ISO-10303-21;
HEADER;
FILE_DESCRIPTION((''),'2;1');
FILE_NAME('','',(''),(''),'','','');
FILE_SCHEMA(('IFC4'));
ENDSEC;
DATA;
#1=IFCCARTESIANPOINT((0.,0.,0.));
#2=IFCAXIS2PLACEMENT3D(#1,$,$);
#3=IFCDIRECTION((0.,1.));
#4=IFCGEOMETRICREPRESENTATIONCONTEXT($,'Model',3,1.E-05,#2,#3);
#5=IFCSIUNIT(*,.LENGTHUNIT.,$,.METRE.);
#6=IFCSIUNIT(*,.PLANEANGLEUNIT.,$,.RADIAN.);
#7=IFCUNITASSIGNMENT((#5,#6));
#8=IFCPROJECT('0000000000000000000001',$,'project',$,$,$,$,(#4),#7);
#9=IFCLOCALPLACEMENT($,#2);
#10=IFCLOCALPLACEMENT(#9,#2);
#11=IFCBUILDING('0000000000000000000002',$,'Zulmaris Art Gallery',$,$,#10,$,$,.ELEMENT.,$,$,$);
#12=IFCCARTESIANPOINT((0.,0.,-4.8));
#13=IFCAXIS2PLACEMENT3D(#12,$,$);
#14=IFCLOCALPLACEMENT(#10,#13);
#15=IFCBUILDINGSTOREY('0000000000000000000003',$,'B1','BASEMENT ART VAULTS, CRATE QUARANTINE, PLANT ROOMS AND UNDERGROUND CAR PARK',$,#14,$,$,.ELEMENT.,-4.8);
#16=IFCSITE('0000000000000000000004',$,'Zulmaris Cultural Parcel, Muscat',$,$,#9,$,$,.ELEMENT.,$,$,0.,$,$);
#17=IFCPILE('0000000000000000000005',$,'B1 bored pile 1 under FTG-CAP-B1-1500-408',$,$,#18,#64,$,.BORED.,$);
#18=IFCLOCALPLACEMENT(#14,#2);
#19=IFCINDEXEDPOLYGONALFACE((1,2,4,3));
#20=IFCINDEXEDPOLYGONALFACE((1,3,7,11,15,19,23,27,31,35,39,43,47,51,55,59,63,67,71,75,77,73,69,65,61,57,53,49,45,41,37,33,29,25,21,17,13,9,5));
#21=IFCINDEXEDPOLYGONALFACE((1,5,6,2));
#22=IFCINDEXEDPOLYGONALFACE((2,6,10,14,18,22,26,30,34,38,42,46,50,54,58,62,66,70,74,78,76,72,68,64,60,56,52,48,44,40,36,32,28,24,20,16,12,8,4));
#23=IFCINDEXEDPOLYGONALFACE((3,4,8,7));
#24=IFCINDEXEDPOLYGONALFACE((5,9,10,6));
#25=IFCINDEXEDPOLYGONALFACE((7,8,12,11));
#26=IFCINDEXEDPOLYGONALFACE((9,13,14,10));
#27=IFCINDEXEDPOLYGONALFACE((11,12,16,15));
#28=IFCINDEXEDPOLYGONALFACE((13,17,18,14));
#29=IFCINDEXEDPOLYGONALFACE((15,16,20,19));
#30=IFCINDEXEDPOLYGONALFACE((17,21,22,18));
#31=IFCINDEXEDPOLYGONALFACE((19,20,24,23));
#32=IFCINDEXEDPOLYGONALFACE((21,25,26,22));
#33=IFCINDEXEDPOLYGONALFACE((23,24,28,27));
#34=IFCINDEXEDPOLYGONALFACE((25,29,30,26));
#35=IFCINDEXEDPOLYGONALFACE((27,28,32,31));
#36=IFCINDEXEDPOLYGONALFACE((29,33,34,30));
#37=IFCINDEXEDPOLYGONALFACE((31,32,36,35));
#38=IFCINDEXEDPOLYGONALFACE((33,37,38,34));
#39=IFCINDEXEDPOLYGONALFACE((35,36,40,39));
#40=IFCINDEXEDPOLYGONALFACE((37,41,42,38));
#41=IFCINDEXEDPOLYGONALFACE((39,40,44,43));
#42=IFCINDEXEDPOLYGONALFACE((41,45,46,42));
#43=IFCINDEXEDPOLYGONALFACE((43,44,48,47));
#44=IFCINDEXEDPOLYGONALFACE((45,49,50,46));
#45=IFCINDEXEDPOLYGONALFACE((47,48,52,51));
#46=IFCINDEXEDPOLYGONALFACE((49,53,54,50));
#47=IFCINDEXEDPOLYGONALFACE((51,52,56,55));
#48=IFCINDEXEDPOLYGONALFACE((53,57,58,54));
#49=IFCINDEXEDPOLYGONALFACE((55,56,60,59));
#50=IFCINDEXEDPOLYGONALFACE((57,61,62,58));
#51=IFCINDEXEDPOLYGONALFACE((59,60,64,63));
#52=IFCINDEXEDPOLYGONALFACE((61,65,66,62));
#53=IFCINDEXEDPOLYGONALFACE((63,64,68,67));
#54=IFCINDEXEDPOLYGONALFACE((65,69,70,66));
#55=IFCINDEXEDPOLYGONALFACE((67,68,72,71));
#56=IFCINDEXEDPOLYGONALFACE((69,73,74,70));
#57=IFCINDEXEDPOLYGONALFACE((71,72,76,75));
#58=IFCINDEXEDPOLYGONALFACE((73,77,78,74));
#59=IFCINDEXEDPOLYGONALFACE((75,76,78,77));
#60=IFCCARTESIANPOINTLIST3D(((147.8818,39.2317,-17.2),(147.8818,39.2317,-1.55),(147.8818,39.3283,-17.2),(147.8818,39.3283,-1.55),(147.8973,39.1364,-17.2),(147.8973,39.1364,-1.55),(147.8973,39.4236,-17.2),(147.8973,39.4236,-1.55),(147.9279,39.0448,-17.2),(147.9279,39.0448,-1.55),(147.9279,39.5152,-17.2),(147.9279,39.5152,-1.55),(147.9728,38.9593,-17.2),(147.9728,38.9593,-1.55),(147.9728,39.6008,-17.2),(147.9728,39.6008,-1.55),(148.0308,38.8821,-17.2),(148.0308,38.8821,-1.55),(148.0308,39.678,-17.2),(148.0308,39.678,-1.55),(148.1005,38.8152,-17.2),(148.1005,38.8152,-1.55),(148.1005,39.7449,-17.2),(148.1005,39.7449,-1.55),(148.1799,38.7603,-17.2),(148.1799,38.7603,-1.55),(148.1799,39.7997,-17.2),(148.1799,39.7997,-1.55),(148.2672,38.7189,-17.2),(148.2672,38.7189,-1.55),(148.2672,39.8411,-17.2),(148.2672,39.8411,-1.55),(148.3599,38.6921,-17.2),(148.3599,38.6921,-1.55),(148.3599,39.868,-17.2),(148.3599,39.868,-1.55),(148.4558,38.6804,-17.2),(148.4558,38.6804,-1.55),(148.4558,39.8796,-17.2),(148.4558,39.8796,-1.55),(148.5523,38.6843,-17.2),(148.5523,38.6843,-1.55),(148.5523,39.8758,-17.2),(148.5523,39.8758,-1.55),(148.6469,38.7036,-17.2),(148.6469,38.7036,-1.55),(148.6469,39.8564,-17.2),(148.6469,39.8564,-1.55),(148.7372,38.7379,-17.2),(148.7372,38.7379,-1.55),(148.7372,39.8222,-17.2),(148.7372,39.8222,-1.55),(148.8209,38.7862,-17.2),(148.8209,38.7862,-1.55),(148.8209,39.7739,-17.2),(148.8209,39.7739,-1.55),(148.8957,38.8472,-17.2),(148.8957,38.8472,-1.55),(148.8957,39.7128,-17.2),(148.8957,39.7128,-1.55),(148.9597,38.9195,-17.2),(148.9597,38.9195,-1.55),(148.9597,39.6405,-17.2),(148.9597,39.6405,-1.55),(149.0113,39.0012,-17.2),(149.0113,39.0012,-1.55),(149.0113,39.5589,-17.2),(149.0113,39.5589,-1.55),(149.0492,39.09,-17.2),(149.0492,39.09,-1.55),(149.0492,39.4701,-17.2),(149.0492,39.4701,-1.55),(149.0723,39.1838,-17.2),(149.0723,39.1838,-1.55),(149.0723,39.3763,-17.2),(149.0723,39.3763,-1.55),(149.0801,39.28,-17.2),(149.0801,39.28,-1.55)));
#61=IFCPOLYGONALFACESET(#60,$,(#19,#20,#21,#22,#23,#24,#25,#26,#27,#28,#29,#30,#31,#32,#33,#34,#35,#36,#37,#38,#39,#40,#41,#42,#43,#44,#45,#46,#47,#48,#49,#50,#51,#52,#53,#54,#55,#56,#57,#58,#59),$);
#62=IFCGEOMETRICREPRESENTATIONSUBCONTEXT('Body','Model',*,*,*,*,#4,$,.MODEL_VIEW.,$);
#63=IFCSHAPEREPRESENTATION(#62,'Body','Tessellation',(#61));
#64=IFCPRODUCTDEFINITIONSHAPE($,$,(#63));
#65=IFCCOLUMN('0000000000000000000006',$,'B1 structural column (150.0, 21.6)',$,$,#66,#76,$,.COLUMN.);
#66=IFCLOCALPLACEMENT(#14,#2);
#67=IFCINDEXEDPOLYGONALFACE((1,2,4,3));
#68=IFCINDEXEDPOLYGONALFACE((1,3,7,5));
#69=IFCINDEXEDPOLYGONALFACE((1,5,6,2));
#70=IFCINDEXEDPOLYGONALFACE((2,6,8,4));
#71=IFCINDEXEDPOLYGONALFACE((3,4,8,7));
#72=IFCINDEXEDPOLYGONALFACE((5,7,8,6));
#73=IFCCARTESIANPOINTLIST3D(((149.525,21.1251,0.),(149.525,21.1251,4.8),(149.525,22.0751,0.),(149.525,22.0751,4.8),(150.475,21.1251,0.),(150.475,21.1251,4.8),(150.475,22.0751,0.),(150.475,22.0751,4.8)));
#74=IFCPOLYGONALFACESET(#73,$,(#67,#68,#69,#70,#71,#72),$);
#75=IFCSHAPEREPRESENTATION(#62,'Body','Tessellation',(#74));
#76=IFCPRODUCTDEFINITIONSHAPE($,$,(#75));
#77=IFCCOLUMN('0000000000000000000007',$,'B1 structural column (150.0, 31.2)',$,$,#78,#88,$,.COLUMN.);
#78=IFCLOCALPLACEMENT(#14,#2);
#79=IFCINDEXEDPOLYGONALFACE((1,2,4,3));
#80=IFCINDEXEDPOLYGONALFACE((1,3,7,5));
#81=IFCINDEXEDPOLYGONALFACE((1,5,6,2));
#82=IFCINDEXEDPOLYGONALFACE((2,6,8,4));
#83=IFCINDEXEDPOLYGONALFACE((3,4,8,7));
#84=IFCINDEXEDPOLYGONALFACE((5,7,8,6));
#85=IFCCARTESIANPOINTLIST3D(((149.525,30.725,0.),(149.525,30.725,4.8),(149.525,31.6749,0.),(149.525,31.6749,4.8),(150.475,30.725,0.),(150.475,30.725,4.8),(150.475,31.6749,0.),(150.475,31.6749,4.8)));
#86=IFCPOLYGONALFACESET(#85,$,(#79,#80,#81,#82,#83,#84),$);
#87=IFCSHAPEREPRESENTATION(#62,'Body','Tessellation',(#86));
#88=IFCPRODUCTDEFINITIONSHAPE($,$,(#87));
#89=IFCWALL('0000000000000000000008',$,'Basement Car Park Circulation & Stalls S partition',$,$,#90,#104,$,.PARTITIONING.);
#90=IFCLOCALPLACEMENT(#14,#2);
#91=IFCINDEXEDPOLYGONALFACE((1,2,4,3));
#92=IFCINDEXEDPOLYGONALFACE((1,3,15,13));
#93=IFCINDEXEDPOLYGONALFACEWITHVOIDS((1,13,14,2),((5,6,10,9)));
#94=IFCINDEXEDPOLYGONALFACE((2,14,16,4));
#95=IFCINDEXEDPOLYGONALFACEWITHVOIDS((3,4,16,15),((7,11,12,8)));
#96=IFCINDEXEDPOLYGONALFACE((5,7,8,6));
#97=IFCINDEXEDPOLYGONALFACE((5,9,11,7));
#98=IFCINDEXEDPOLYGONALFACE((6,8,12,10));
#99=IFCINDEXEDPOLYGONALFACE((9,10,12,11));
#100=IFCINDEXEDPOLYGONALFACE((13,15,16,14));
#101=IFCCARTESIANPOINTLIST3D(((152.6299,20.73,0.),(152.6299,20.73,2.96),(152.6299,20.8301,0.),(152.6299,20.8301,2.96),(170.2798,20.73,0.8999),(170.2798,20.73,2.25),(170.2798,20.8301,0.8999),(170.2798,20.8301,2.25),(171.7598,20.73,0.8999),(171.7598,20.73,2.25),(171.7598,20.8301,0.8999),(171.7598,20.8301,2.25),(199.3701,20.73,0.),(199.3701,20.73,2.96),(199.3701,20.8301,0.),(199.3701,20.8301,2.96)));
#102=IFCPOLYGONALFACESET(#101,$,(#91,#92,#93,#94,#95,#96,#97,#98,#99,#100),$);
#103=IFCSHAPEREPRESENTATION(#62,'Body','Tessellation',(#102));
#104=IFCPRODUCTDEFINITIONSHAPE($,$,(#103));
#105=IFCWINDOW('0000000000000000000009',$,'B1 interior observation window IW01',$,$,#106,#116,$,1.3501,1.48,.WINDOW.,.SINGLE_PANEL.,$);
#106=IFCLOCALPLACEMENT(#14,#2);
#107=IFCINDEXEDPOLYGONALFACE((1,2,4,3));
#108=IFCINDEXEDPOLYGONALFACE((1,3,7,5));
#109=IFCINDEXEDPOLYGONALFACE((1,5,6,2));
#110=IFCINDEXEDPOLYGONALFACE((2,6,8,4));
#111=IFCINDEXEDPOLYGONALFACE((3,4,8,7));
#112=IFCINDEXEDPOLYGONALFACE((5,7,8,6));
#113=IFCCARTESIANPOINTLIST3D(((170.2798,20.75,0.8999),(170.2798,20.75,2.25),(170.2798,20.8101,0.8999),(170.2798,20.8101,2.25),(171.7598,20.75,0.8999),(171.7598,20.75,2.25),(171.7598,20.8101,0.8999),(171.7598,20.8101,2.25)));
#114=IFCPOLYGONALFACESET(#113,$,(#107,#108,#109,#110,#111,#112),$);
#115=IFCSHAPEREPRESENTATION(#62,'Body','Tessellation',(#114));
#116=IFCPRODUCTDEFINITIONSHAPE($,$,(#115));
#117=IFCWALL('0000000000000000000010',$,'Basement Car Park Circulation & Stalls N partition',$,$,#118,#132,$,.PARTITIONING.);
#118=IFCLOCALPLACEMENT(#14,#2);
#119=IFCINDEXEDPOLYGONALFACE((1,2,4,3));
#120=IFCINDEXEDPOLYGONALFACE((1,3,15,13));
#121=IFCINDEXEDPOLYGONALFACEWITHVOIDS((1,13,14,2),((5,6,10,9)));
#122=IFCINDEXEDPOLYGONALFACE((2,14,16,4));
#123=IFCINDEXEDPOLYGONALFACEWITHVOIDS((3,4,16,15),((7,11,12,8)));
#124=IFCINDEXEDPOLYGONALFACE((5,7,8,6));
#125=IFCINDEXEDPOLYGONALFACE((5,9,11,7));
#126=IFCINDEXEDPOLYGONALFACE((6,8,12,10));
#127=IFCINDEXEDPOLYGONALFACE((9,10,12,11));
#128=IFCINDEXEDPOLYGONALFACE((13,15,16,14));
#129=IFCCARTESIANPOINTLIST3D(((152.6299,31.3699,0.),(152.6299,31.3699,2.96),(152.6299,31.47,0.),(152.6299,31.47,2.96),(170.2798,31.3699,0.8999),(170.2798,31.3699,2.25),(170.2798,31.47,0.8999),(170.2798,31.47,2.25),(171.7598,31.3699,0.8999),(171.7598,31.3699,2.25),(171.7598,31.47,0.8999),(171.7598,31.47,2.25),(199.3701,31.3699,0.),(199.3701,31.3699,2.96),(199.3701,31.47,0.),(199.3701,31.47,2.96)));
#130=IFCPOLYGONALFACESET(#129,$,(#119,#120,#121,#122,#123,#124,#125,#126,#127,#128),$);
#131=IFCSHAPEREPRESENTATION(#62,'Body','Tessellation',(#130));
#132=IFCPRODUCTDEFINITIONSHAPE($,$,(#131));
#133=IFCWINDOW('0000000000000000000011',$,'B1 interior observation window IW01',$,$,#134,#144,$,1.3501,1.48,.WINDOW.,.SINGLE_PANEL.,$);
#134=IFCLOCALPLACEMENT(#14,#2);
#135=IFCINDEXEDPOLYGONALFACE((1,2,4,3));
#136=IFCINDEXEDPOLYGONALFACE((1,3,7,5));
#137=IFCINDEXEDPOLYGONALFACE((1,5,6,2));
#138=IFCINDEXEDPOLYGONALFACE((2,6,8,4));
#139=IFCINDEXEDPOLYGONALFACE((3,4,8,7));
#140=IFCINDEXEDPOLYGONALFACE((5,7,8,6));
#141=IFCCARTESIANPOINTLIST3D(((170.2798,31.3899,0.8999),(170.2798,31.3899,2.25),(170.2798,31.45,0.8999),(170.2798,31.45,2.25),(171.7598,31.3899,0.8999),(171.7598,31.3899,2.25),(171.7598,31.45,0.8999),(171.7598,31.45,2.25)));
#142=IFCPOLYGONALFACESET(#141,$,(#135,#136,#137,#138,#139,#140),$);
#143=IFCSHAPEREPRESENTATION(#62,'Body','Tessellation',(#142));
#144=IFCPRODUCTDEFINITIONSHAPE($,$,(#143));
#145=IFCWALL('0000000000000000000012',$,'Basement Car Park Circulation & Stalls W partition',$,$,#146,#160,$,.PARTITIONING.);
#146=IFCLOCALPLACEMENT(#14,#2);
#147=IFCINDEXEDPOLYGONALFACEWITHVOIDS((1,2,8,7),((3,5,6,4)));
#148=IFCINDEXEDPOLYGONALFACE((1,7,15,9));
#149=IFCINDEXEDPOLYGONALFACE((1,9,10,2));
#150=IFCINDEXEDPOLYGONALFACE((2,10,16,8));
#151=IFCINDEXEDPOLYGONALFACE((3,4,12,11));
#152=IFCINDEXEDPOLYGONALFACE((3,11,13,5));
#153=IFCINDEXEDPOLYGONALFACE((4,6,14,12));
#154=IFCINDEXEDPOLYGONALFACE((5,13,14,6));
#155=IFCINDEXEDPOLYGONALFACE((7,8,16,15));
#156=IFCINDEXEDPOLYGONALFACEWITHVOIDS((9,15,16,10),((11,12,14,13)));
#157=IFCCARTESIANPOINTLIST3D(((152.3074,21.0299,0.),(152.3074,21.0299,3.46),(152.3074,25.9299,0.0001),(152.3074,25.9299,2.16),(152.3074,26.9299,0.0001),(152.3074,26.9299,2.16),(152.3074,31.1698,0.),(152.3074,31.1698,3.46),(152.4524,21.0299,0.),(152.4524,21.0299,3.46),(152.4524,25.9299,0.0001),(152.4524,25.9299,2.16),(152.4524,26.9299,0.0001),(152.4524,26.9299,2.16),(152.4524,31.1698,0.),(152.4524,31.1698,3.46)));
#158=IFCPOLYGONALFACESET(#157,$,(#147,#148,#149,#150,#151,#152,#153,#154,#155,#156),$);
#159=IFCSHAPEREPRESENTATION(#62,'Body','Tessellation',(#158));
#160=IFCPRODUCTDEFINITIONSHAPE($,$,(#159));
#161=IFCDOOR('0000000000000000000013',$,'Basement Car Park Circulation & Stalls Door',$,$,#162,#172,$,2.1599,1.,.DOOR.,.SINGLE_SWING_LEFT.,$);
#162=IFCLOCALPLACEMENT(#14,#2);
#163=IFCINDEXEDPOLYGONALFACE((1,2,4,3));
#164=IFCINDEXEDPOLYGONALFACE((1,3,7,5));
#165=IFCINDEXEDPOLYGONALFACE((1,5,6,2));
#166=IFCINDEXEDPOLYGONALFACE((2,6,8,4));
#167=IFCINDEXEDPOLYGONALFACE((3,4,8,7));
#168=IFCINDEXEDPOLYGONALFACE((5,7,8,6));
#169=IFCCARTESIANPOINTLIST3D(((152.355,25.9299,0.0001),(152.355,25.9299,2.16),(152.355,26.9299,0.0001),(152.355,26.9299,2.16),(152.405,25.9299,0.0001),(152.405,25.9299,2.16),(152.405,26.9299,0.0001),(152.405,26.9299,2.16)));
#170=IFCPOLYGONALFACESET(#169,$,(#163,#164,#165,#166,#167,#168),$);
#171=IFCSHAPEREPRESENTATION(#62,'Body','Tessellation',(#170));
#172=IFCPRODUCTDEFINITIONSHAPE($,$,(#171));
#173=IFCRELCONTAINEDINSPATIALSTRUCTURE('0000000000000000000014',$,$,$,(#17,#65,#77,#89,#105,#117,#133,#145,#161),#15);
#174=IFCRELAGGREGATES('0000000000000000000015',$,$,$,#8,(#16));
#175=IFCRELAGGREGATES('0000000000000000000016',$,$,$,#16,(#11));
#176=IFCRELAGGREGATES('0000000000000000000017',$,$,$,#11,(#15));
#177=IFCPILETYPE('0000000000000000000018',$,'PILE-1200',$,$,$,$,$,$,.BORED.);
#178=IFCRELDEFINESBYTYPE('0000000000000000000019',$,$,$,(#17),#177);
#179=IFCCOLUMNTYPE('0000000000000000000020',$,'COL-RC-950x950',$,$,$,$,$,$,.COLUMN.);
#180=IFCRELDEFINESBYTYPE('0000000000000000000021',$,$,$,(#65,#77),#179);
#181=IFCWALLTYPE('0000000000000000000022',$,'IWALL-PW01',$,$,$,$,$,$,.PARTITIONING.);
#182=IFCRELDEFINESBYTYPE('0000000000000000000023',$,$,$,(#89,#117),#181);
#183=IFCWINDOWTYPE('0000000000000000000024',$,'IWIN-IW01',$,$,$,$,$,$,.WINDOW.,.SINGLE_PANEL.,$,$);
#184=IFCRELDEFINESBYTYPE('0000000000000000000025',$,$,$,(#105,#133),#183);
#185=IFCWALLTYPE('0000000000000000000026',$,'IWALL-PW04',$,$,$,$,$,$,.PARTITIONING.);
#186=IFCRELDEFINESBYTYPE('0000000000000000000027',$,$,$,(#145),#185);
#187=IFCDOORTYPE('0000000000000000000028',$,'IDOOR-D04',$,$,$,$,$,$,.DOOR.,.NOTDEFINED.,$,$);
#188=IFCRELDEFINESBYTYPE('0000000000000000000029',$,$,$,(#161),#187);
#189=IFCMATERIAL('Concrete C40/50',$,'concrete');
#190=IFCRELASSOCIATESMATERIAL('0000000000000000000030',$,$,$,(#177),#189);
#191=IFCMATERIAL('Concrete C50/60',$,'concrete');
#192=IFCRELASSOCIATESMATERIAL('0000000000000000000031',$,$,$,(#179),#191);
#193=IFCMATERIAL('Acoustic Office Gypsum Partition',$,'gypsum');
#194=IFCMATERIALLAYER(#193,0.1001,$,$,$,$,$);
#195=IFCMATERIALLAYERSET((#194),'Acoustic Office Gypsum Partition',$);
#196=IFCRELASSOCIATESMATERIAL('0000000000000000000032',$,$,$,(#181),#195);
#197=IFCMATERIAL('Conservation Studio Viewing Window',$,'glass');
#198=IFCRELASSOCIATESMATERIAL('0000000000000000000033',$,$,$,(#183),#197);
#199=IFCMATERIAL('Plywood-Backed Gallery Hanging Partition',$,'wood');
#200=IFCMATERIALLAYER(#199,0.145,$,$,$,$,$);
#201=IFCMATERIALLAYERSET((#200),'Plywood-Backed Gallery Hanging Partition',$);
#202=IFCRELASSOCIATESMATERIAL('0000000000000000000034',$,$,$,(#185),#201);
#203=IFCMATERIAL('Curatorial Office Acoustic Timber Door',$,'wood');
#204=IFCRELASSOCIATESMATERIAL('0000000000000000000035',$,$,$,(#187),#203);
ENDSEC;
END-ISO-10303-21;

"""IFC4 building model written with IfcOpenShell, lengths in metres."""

from ifc_helpers import new_model, si_unit, direction, frame, frame_2d, origin, origin_2d, place, context, subcontext, project, spatial, rectangle, circle, extrude, material, layer, layer_set, material_profile, profile_set, type_object, element, fill, save


model = new_model("IFC4")

# Units and contexts
model_context = context("Model", 3, precision=1e-05, world=origin(), true_north=direction((0.0, 1.0)))
body_context = subcontext(model_context, "Body", "Model", "MODEL_VIEW")
ifc_project = project(units=[si_unit("LENGTHUNIT", "METRE"), si_unit("PLANEANGLEUNIT", "RADIAN")], contexts=[model_context])

# Site, building, storey
site_placement = place(None, origin())
site = spatial("IfcSite", under=ifc_project, at=site_placement, Name="Zulmaris Cultural Parcel, Muscat", CompositionType="ELEMENT", RefElevation=0.0)
building_placement = place(site_placement, origin())
building = spatial("IfcBuilding", under=site, at=building_placement, Name="Zulmaris Art Gallery", CompositionType="ELEMENT")
storey_placement = place(building_placement, frame((0.0, 0.0, -4.8)))
storey = spatial("IfcBuildingStorey", under=building, at=storey_placement, Name="B1", Description="BASEMENT ART VAULTS, CRATE QUARANTINE, PLANT ROOMS AND UNDERGROUND CAR PARK", CompositionType="ELEMENT", Elevation=-4.8)

# Pile
ifc_material_1 = material(Name="Concrete C40/50", Category="concrete")
ifc_material_profile_1 = material_profile(ifc_material_1, circle(Radius=0.6001, at=origin_2d()), Name="PILE DIA 1200")
ifc_profile_set_1 = profile_set([ifc_material_profile_1], Name="Concrete C40/50")
pile_type_1 = type_object("IfcPileType", Name="PILE-1200", PredefinedType="BORED", material=ifc_profile_set_1)
for number, where, z_axis, x_axis, name in (
    (1, (148.48, 39.28, -1.55), (0.0, 0.0, -1.0), (1.0, 0.0, 0.0), "B1 bored pile 1 under FTG-CAP-B1-1500-408"),
):
    element("IfcPile", number, at=place(storey_placement, frame(where, z_axis=z_axis, x_axis=x_axis)), inside=storey, type_object=pile_type_1, Name=name, PredefinedType="BORED", context=body_context, shape_type="SweptSolid", body=[
        extrude(circle(Radius=0.6001, at=origin_2d()), origin(), (0.0, 0.0, 1.0), 15.6499),
    ])

# Columns
ifc_material_2 = material(Name="Concrete C50/60", Category="concrete")
ifc_material_profile_2 = material_profile(ifc_material_2, rectangle(XDim=0.95, YDim=0.95, at=origin_2d()), Name="RC 950x950")
ifc_profile_set_2 = profile_set([ifc_material_profile_2], Name="Concrete C50/60")
column_type = type_object("IfcColumnType", Name="COL-RC-950x950", PredefinedType="COLUMN", material=ifc_profile_set_2)
for number, where, z_axis, x_axis, name in (
    (2, (150.0, 21.6001, 0.0), (0.0, 0.0, 1.0), (1.0, 0.0, 0.0), "B1 structural column (150.0, 21.6)"),
    (3, (150.0, 31.2, 0.0), (0.0, 0.0, 1.0), (1.0, 0.0, 0.0), "B1 structural column (150.0, 31.2)"),
):
    element("IfcColumn", number, at=place(storey_placement, frame(where, z_axis=z_axis, x_axis=x_axis)), inside=storey, type_object=column_type, Name=name, PredefinedType="COLUMN", context=body_context, shape_type="SweptSolid", body=[
        extrude(rectangle(XDim=0.95, YDim=0.95, at=origin_2d()), origin(), (0.0, 0.0, 1.0), 4.8),
    ])

# Walls, openings, windows
ifc_material_3 = material(Name="Acoustic Office Gypsum Partition", Category="gypsum")
ifc_layer_1 = layer(ifc_material_3, 0.1001)
ifc_layer_set_1 = layer_set([ifc_layer_1], Name="Acoustic Office Gypsum Partition")
wall_type_1 = type_object("IfcWallType", Name="IWALL-PW01", PredefinedType="PARTITIONING", material=ifc_layer_set_1)
wall_1_placement = place(storey_placement, frame((152.6299, 20.78, 0.0), z_axis=(0.0, 0.0, 1.0), x_axis=(1.0, 0.0, 0.0)))
wall_1 = element("IfcWall", 4, at=wall_1_placement, inside=storey, type_object=wall_type_1, Name="Basement Car Park Circulation & Stalls S partition", PredefinedType="PARTITIONING", context=body_context, shape_type="SweptSolid", body=[
    extrude(rectangle(XDim=46.7402, YDim=0.1001, at=frame_2d((23.3701, 0.0))), origin(), (0.0, 0.0, 1.0), 2.96),
])
opening_1_placement = place(wall_1_placement, frame((17.6499, 0.0, 0.8999)))
opening_1 = element("IfcOpeningElement", 5, at=opening_1_placement, cuts=wall_1, PredefinedType="OPENING", context=body_context, shape_type="SweptSolid", body=[
    extrude(rectangle(XDim=1.48, YDim=1.3501, at=frame_2d((0.74, 0.675))), frame((0.0, 0.0601, 0.0), z_axis=(0.0, -1.0, 0.0), x_axis=(1.0, 0.0, 0.0)), (0.0, 0.0, 1.0), 0.1201),
])
ifc_material_4 = material(Name="Conservation Studio Viewing Window", Category="glass")
window_type = type_object("IfcWindowType", Name="IWIN-IW01", PartitioningType="SINGLE_PANEL", PredefinedType="WINDOW", material=ifc_material_4)
window_1_placement = place(opening_1_placement, origin())
window_1 = element("IfcWindow", 6, at=window_1_placement, inside=storey, type_object=window_type, Name="B1 interior observation window IW01", OverallHeight=1.3501, OverallWidth=1.48, PartitioningType="SINGLE_PANEL", PredefinedType="WINDOW", context=body_context, shape_type="SweptSolid", body=[
    extrude(rectangle(XDim=1.48, YDim=1.3501, at=frame_2d((0.74, 0.675))), frame((0.0, 0.03, 0.0), z_axis=(0.0, -1.0, 0.0), x_axis=(1.0, 0.0, 0.0)), (0.0, 0.0, 1.0), 0.0601),
])
fill(opening_1, window_1)
wall_2_placement = place(storey_placement, frame((152.6299, 31.4199, 0.0), z_axis=(0.0, 0.0, 1.0), x_axis=(1.0, 0.0, 0.0)))
wall_2 = element("IfcWall", 7, at=wall_2_placement, inside=storey, type_object=wall_type_1, Name="Basement Car Park Circulation & Stalls N partition", PredefinedType="PARTITIONING", context=body_context, shape_type="SweptSolid", body=[
    extrude(rectangle(XDim=46.7402, YDim=0.1001, at=frame_2d((23.3701, 0.0))), origin(), (0.0, 0.0, 1.0), 2.96),
])
opening_2_placement = place(wall_2_placement, frame((17.6499, 0.0, 0.8999)))
opening_2 = element("IfcOpeningElement", 8, at=opening_2_placement, cuts=wall_2, PredefinedType="OPENING", context=body_context, shape_type="SweptSolid", body=[
    extrude(rectangle(XDim=1.48, YDim=1.3501, at=frame_2d((0.74, 0.675))), frame((0.0, 0.0601, 0.0), z_axis=(0.0, -1.0, 0.0), x_axis=(1.0, 0.0, 0.0)), (0.0, 0.0, 1.0), 0.1201),
])
window_2_placement = place(opening_2_placement, origin())
window_2 = element("IfcWindow", 9, at=window_2_placement, inside=storey, type_object=window_type, Name="B1 interior observation window IW01", OverallHeight=1.3501, OverallWidth=1.48, PartitioningType="SINGLE_PANEL", PredefinedType="WINDOW", context=body_context, shape_type="SweptSolid", body=[
    extrude(rectangle(XDim=1.48, YDim=1.3501, at=frame_2d((0.74, 0.675))), frame((0.0, 0.03, 0.0), z_axis=(0.0, -1.0, 0.0), x_axis=(1.0, 0.0, 0.0)), (0.0, 0.0, 1.0), 0.0601),
])
fill(opening_2, window_2)

# Wall, opening, door
ifc_material_5 = material(Name="Plywood-Backed Gallery Hanging Partition", Category="wood")
ifc_layer_2 = layer(ifc_material_5, 0.145)
ifc_layer_set_2 = layer_set([ifc_layer_2], Name="Plywood-Backed Gallery Hanging Partition")
wall_type_2 = type_object("IfcWallType", Name="IWALL-PW04", PredefinedType="PARTITIONING", material=ifc_layer_set_2)
wall_3_placement = place(storey_placement, frame((152.3799, 21.03, 0.0), z_axis=(0.0, 0.0, 1.0), x_axis=(0.0, 1.0, 0.0)))
wall_3 = element("IfcWall", 10, at=wall_3_placement, inside=storey, type_object=wall_type_2, Name="Basement Car Park Circulation & Stalls W partition", PredefinedType="PARTITIONING", context=body_context, shape_type="SweptSolid", body=[
    extrude(rectangle(XDim=10.1399, YDim=0.145, at=frame_2d((5.0698, 0.0))), origin(), (0.0, 0.0, 1.0), 3.46),
])
opening_3_placement = place(wall_3_placement, frame((4.8999, 0.0, 0.0)))
opening_3 = element("IfcOpeningElement", 11, at=opening_3_placement, cuts=wall_3, PredefinedType="OPENING", context=body_context, shape_type="SweptSolid", body=[
    extrude(rectangle(XDim=1.0, YDim=2.1599, at=frame_2d((0.5, 1.0801))), frame((0.0, 0.0825, 0.0), z_axis=(0.0, -1.0, 0.0), x_axis=(1.0, 0.0, 0.0)), (0.0, 0.0, 1.0), 0.165),
])
ifc_material_6 = material(Name="Curatorial Office Acoustic Timber Door", Category="wood")
door_type_1 = type_object("IfcDoorType", Name="IDOOR-D04", OperationType="NOTDEFINED", PredefinedType="DOOR", material=ifc_material_6)
door_1_placement = place(opening_3_placement, origin())
door_1 = element("IfcDoor", 12, at=door_1_placement, inside=storey, type_object=door_type_1, Name="Basement Car Park Circulation & Stalls Door", OperationType="SINGLE_SWING_LEFT", OverallHeight=2.1599, OverallWidth=1.0, PredefinedType="DOOR", context=body_context, shape_type="SweptSolid", body=[
    extrude(rectangle(XDim=1.0, YDim=2.1599, at=frame_2d((0.5, 1.0801))), frame((0.0, 0.0249, 0.0), z_axis=(0.0, -1.0, 0.0), x_axis=(1.0, 0.0, 0.0)), (0.0, 0.0, 1.0), 0.05),
])
fill(opening_3, door_1)

save(model, "model.ifc")
